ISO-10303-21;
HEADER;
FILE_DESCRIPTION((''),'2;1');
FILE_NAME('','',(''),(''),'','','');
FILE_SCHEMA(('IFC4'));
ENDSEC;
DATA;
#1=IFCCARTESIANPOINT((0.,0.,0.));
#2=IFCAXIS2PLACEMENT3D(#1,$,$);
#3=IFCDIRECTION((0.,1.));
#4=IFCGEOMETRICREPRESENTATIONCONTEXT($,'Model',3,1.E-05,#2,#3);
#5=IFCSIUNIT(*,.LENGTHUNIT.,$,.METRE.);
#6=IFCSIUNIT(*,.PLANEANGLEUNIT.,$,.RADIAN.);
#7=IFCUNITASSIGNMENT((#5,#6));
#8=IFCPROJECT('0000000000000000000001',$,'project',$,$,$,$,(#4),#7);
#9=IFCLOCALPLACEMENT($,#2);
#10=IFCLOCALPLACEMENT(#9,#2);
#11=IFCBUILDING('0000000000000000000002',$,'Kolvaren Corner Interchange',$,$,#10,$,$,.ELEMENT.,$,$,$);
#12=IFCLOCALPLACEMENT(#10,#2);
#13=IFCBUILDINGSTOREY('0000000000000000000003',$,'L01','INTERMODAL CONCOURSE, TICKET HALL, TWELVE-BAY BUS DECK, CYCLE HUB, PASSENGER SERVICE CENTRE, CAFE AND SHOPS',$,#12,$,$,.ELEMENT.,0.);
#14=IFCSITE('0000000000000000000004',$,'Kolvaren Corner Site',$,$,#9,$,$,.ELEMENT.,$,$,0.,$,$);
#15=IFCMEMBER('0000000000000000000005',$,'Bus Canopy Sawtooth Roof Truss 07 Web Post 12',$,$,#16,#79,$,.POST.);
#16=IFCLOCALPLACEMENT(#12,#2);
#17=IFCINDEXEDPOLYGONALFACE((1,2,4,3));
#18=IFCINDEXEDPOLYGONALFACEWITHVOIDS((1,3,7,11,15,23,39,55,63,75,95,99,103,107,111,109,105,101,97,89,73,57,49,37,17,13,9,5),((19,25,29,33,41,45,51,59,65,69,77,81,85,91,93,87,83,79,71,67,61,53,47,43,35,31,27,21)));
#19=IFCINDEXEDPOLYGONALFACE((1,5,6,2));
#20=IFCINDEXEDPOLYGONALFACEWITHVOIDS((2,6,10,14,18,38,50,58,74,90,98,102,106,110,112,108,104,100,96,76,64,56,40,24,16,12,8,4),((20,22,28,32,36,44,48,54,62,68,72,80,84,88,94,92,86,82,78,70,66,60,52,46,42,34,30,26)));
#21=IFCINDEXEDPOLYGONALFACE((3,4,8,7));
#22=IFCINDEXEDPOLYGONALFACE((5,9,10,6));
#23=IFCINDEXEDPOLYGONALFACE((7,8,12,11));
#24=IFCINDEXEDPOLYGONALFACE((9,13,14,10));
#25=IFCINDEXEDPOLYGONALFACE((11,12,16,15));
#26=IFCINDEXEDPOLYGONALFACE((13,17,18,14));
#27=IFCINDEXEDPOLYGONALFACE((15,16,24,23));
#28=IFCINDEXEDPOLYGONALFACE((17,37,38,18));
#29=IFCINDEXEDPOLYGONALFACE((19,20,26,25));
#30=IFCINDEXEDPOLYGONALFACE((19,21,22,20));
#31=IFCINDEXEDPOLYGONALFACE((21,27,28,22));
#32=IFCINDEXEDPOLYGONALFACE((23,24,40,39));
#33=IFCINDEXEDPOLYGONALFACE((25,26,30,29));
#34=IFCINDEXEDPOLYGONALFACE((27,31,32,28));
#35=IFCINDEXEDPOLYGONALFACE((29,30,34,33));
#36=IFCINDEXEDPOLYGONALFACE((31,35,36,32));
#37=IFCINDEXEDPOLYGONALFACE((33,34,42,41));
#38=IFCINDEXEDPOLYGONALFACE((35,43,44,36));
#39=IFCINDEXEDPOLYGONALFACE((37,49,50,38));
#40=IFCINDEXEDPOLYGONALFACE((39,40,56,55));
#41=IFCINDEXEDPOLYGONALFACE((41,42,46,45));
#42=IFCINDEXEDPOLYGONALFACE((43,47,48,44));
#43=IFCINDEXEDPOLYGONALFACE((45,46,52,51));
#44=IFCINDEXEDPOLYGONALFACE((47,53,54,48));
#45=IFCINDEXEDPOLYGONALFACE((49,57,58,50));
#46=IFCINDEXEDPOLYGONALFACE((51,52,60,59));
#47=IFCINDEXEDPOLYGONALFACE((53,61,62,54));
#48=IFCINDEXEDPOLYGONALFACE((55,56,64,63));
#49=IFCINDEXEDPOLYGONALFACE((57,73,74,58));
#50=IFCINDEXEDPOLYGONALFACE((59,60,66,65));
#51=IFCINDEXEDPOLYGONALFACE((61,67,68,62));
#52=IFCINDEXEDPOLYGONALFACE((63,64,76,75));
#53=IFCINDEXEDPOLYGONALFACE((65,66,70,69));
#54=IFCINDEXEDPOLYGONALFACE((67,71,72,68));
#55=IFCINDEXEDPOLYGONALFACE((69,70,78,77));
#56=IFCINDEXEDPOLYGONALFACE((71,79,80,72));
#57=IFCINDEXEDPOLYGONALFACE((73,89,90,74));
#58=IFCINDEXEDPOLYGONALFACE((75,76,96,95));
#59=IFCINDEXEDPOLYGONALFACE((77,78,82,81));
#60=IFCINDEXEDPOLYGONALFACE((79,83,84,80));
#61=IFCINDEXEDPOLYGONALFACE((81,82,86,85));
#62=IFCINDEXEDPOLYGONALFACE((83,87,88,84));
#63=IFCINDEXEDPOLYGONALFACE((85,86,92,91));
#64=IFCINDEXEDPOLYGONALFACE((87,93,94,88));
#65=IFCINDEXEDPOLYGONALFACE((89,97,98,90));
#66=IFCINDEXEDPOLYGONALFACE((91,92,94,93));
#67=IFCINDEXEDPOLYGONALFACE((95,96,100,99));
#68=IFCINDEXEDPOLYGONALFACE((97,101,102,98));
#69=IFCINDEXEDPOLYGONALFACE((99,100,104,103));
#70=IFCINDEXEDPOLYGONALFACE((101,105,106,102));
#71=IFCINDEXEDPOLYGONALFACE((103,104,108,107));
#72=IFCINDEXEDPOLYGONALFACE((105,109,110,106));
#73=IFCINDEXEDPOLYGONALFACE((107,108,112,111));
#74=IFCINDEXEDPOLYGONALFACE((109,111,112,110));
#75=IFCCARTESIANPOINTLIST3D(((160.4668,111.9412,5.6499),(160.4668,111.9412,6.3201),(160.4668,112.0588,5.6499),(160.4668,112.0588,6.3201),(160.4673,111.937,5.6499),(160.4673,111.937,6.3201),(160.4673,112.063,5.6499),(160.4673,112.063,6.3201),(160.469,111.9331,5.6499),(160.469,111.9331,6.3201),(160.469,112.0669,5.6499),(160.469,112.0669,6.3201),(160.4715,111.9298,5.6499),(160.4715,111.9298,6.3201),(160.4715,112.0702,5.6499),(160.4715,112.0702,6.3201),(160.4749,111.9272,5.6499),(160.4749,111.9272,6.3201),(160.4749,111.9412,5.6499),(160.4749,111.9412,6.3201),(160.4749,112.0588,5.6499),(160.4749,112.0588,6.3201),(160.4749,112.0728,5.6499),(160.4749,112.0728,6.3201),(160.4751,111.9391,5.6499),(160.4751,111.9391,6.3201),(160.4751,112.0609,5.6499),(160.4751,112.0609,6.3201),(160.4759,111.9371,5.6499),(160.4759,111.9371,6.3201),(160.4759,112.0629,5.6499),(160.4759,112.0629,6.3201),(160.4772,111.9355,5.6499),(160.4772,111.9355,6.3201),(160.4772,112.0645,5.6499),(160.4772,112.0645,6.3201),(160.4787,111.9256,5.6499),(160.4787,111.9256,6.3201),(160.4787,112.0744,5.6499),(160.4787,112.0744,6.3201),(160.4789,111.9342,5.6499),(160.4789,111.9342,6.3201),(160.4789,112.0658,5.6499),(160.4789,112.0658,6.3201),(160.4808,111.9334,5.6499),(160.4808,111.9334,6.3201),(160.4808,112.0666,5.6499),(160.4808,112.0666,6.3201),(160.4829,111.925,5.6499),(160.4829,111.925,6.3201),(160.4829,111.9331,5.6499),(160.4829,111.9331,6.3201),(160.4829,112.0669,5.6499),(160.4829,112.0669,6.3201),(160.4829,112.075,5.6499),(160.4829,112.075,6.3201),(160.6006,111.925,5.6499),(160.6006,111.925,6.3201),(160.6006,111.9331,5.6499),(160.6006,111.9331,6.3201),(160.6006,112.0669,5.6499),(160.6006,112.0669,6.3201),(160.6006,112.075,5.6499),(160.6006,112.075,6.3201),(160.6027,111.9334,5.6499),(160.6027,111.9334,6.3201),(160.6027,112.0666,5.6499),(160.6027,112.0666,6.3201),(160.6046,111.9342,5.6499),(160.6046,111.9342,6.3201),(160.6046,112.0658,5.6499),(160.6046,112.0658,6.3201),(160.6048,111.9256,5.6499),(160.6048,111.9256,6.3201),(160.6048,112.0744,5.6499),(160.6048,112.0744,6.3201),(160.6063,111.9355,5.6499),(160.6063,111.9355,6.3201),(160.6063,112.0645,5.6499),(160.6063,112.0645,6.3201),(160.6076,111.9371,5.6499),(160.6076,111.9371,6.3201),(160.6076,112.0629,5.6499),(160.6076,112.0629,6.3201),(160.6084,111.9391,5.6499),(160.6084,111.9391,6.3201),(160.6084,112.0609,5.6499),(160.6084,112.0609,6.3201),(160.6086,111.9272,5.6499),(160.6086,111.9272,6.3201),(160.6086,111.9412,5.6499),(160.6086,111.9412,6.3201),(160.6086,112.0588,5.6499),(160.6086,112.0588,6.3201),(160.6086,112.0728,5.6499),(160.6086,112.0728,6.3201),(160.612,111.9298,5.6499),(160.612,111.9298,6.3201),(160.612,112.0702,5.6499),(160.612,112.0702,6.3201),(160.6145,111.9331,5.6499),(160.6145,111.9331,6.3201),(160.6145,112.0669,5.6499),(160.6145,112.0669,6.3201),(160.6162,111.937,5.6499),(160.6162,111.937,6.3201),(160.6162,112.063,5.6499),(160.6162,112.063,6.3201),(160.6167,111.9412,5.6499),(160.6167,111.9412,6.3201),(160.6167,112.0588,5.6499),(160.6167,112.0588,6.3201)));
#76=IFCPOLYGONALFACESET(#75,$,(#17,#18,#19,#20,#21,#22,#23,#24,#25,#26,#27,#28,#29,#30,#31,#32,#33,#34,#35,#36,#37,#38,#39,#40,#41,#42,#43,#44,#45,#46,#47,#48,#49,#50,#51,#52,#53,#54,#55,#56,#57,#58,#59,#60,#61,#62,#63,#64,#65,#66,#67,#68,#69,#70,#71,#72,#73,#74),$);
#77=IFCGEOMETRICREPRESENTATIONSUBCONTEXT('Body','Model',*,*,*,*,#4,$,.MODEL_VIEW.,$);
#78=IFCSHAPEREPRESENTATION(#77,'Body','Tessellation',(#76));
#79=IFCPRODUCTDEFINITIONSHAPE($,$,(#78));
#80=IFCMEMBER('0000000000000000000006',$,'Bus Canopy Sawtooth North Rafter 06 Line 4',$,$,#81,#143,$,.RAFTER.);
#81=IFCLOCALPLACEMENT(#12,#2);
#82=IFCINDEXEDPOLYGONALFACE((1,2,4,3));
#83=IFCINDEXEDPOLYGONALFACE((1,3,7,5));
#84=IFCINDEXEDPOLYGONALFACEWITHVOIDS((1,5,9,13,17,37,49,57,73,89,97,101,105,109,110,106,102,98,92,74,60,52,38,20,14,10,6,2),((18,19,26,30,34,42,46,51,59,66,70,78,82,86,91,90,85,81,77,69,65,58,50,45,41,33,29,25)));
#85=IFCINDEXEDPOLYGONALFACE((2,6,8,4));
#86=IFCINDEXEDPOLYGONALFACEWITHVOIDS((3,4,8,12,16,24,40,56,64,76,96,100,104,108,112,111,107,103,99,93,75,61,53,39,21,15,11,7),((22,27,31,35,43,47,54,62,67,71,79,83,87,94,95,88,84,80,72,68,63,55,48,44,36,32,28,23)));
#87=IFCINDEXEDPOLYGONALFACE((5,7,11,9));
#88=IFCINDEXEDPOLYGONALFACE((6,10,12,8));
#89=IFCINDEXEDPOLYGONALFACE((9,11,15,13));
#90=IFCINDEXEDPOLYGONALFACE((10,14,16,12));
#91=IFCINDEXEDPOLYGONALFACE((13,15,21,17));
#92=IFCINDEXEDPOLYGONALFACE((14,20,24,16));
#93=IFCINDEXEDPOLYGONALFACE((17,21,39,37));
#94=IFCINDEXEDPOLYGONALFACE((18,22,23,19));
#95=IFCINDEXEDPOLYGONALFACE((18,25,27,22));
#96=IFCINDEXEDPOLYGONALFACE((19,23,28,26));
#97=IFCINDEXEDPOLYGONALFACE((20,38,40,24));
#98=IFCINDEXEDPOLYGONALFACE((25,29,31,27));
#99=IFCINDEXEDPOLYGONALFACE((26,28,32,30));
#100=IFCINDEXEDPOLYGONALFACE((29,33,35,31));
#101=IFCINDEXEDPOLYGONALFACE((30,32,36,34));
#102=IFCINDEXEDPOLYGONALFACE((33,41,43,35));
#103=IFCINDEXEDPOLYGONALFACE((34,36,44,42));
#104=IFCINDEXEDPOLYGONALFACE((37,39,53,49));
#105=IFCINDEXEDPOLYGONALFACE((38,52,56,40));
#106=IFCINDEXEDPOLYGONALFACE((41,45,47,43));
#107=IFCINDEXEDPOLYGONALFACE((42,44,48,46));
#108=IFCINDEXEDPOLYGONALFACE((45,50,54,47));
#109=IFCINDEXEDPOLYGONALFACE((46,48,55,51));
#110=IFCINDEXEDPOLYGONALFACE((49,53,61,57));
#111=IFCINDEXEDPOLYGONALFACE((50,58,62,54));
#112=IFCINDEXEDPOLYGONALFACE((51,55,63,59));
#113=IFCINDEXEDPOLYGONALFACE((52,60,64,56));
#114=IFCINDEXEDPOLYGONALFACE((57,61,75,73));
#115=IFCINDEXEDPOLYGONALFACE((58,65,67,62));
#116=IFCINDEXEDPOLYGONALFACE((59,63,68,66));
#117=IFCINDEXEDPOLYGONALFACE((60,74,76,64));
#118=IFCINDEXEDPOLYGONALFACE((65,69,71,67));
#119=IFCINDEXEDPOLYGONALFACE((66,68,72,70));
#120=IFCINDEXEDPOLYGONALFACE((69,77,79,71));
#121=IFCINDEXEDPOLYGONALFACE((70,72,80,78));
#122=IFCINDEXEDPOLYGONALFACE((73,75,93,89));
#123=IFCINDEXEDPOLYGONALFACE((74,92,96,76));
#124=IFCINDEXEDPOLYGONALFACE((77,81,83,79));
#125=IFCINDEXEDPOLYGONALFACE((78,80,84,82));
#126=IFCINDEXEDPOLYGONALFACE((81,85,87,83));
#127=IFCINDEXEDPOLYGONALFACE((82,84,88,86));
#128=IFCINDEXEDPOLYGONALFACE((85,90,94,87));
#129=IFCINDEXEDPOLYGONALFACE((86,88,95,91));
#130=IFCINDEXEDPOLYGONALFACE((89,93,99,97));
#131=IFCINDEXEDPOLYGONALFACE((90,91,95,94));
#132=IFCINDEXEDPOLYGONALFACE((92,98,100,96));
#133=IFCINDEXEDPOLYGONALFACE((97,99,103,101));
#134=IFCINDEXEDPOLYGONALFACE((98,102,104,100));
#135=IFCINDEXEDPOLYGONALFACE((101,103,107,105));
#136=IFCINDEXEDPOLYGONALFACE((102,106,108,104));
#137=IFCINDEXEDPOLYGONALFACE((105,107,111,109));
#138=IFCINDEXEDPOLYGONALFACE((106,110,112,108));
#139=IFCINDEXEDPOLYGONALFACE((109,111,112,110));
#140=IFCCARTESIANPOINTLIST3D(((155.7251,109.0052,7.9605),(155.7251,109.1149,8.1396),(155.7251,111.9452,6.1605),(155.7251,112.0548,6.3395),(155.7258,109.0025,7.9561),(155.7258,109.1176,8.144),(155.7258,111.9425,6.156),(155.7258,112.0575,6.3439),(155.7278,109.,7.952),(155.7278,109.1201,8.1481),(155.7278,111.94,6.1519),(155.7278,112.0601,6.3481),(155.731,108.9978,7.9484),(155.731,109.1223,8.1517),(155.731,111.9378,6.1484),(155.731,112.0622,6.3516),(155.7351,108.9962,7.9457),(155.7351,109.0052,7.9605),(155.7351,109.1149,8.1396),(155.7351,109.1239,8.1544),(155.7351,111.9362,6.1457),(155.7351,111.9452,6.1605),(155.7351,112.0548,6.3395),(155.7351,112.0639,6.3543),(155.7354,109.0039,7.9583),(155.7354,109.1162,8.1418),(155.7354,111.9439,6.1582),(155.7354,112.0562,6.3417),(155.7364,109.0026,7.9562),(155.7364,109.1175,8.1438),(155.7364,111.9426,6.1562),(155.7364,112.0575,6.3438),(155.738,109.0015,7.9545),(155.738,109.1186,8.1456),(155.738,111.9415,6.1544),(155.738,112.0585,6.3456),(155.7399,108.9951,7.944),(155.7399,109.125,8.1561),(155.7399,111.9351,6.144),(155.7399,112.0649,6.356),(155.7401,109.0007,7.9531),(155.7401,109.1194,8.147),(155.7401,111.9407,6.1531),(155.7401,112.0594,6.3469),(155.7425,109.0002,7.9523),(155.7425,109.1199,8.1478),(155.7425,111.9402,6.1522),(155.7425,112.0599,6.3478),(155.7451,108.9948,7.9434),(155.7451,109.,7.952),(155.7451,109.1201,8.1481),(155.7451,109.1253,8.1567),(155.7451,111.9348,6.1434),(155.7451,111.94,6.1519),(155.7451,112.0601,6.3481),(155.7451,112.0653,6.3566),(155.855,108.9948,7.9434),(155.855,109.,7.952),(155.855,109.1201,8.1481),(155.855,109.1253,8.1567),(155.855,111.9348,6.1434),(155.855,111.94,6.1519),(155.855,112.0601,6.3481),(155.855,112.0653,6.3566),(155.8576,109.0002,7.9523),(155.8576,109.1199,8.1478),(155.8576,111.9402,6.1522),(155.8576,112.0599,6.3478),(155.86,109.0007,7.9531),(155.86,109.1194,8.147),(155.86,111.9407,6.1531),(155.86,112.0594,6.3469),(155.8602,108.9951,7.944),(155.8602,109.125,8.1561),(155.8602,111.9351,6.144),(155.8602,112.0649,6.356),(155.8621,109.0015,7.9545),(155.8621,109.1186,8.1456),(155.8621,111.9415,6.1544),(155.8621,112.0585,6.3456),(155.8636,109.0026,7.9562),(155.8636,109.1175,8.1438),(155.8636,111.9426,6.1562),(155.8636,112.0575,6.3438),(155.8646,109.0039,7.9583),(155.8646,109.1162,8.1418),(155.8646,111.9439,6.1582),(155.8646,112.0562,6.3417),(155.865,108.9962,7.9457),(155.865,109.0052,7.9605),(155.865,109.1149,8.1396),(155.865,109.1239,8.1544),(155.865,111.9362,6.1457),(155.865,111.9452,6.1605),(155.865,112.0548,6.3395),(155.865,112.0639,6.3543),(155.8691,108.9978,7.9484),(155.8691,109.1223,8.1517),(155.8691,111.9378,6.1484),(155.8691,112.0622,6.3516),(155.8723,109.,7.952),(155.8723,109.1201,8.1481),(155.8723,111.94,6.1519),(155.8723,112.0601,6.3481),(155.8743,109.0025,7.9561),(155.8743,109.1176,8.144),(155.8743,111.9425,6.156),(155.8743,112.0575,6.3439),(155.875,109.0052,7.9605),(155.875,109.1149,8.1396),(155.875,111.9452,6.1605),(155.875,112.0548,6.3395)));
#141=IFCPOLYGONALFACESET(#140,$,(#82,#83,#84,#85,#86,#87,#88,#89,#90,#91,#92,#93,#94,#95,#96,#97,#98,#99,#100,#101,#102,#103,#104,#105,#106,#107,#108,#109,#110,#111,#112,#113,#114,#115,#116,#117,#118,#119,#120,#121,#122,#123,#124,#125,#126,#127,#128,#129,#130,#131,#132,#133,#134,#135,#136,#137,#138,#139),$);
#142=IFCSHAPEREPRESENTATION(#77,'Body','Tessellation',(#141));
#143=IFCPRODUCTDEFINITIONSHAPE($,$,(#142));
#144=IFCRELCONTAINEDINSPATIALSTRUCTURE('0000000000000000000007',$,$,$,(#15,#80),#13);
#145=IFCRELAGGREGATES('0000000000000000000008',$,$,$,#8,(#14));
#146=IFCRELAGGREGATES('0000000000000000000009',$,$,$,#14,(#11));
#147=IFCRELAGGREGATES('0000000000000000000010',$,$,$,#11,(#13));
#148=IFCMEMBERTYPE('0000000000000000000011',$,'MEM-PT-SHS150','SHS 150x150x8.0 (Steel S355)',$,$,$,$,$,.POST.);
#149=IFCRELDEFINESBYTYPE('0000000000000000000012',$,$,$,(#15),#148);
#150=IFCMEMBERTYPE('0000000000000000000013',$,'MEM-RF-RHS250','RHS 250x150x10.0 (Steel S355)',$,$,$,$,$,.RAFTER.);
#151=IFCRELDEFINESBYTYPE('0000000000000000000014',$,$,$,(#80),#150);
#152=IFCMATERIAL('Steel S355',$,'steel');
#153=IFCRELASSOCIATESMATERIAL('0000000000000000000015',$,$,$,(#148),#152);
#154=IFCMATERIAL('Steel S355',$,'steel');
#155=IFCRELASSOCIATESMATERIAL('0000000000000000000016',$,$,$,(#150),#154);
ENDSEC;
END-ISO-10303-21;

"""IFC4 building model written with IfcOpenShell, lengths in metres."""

from ifc_helpers import new_model, si_unit, direction, frame, origin, origin_2d, place, context, subcontext, project, spatial, hollow_rectangle, extrude, material, material_profile, profile_set, type_object, element, save


model = new_model("IFC4")

# Units and contexts
model_context = context("Model", 3, precision=1e-05, world=origin(), true_north=direction((0.0, 1.0)))
body_context = subcontext(model_context, "Body", "Model", "MODEL_VIEW")
ifc_project = project(units=[si_unit("LENGTHUNIT", "METRE"), si_unit("PLANEANGLEUNIT", "RADIAN")], contexts=[model_context])

# Site, building, storey
site_placement = place(None, origin())
site = spatial("IfcSite", under=ifc_project, at=site_placement, Name="Kolvaren Corner Site", CompositionType="ELEMENT", RefElevation=0.0)
building_placement = place(site_placement, origin())
building = spatial("IfcBuilding", under=site, at=building_placement, Name="Kolvaren Corner Interchange", CompositionType="ELEMENT")
storey_placement = place(building_placement, origin())
storey = spatial("IfcBuildingStorey", under=building, at=storey_placement, Name="L01", Description="INTERMODAL CONCOURSE, TICKET HALL, TWELVE-BAY BUS DECK, CYCLE HUB, PASSENGER SERVICE CENTRE, CAFE AND SHOPS", CompositionType="ELEMENT", Elevation=0.0)

# Members
ifc_material_1 = material(Name="Steel S355", Category="steel")
ifc_material_profile_1 = material_profile(ifc_material_1, hollow_rectangle(XDim=0.1499, YDim=0.1499, WallThickness=0.0081, InnerFilletRadius=0.0081, OuterFilletRadius=0.0161, at=origin_2d()), Name="SHS 150x150x8.0")
ifc_profile_set_1 = profile_set([ifc_material_profile_1], Name="Steel S355")
member_type_1 = type_object("IfcMemberType", Name="MEM-PT-SHS150", Description="SHS 150x150x8.0 (Steel S355)", PredefinedType="POST", material=ifc_profile_set_1)
for number, where, z_axis, x_axis, name in (
    (1, (160.5417, 112.0, 5.6499), (0.0, 0.0, 1.0), (1.0, 0.0, 0.0), "Bus Canopy Sawtooth Roof Truss 07 Web Post 12"),
):
    element("IfcMember", number, at=place(storey_placement, frame(where, z_axis=z_axis, x_axis=x_axis)), inside=storey, type_object=member_type_1, Name=name, PredefinedType="POST", context=body_context, shape_type="SweptSolid", body=[
        extrude(hollow_rectangle(XDim=0.1499, YDim=0.1499, WallThickness=0.0081, InnerFilletRadius=0.0081, OuterFilletRadius=0.0161, at=origin_2d()), origin(), (0.0, 0.0, 1.0), 0.6702),
    ])
ifc_material_2 = material(Name="Steel S355", Category="steel")
ifc_material_profile_2 = material_profile(ifc_material_2, hollow_rectangle(XDim=0.1499, YDim=0.25, WallThickness=0.01, InnerFilletRadius=0.01, OuterFilletRadius=0.02, at=origin_2d()), Name="RHS 250x150x10.0")
ifc_profile_set_2 = profile_set([ifc_material_profile_2], Name="Steel S355")
member_type_2 = type_object("IfcMemberType", Name="MEM-RF-RHS250", Description="RHS 250x150x10.0 (Steel S355)", PredefinedType="RAFTER", material=ifc_profile_set_2)
for number, where, z_axis, x_axis, name in (
    (2, (155.8, 109.0601, 8.05), (0.0, 0.85284, -0.522172), (-1.0, 0.0, 0.0), "Bus Canopy Sawtooth North Rafter 06 Line 4"),
):
    element("IfcMember", number, at=place(storey_placement, frame(where, z_axis=z_axis, x_axis=x_axis)), inside=storey, type_object=member_type_2, Name=name, PredefinedType="RAFTER", context=body_context, shape_type="SweptSolid", body=[
        extrude(hollow_rectangle(XDim=0.1499, YDim=0.25, WallThickness=0.01, InnerFilletRadius=0.01, OuterFilletRadius=0.02, at=origin_2d()), origin(), (0.0, 0.0, 1.0), 3.4473),
    ])

save(model, "model.ifc")
